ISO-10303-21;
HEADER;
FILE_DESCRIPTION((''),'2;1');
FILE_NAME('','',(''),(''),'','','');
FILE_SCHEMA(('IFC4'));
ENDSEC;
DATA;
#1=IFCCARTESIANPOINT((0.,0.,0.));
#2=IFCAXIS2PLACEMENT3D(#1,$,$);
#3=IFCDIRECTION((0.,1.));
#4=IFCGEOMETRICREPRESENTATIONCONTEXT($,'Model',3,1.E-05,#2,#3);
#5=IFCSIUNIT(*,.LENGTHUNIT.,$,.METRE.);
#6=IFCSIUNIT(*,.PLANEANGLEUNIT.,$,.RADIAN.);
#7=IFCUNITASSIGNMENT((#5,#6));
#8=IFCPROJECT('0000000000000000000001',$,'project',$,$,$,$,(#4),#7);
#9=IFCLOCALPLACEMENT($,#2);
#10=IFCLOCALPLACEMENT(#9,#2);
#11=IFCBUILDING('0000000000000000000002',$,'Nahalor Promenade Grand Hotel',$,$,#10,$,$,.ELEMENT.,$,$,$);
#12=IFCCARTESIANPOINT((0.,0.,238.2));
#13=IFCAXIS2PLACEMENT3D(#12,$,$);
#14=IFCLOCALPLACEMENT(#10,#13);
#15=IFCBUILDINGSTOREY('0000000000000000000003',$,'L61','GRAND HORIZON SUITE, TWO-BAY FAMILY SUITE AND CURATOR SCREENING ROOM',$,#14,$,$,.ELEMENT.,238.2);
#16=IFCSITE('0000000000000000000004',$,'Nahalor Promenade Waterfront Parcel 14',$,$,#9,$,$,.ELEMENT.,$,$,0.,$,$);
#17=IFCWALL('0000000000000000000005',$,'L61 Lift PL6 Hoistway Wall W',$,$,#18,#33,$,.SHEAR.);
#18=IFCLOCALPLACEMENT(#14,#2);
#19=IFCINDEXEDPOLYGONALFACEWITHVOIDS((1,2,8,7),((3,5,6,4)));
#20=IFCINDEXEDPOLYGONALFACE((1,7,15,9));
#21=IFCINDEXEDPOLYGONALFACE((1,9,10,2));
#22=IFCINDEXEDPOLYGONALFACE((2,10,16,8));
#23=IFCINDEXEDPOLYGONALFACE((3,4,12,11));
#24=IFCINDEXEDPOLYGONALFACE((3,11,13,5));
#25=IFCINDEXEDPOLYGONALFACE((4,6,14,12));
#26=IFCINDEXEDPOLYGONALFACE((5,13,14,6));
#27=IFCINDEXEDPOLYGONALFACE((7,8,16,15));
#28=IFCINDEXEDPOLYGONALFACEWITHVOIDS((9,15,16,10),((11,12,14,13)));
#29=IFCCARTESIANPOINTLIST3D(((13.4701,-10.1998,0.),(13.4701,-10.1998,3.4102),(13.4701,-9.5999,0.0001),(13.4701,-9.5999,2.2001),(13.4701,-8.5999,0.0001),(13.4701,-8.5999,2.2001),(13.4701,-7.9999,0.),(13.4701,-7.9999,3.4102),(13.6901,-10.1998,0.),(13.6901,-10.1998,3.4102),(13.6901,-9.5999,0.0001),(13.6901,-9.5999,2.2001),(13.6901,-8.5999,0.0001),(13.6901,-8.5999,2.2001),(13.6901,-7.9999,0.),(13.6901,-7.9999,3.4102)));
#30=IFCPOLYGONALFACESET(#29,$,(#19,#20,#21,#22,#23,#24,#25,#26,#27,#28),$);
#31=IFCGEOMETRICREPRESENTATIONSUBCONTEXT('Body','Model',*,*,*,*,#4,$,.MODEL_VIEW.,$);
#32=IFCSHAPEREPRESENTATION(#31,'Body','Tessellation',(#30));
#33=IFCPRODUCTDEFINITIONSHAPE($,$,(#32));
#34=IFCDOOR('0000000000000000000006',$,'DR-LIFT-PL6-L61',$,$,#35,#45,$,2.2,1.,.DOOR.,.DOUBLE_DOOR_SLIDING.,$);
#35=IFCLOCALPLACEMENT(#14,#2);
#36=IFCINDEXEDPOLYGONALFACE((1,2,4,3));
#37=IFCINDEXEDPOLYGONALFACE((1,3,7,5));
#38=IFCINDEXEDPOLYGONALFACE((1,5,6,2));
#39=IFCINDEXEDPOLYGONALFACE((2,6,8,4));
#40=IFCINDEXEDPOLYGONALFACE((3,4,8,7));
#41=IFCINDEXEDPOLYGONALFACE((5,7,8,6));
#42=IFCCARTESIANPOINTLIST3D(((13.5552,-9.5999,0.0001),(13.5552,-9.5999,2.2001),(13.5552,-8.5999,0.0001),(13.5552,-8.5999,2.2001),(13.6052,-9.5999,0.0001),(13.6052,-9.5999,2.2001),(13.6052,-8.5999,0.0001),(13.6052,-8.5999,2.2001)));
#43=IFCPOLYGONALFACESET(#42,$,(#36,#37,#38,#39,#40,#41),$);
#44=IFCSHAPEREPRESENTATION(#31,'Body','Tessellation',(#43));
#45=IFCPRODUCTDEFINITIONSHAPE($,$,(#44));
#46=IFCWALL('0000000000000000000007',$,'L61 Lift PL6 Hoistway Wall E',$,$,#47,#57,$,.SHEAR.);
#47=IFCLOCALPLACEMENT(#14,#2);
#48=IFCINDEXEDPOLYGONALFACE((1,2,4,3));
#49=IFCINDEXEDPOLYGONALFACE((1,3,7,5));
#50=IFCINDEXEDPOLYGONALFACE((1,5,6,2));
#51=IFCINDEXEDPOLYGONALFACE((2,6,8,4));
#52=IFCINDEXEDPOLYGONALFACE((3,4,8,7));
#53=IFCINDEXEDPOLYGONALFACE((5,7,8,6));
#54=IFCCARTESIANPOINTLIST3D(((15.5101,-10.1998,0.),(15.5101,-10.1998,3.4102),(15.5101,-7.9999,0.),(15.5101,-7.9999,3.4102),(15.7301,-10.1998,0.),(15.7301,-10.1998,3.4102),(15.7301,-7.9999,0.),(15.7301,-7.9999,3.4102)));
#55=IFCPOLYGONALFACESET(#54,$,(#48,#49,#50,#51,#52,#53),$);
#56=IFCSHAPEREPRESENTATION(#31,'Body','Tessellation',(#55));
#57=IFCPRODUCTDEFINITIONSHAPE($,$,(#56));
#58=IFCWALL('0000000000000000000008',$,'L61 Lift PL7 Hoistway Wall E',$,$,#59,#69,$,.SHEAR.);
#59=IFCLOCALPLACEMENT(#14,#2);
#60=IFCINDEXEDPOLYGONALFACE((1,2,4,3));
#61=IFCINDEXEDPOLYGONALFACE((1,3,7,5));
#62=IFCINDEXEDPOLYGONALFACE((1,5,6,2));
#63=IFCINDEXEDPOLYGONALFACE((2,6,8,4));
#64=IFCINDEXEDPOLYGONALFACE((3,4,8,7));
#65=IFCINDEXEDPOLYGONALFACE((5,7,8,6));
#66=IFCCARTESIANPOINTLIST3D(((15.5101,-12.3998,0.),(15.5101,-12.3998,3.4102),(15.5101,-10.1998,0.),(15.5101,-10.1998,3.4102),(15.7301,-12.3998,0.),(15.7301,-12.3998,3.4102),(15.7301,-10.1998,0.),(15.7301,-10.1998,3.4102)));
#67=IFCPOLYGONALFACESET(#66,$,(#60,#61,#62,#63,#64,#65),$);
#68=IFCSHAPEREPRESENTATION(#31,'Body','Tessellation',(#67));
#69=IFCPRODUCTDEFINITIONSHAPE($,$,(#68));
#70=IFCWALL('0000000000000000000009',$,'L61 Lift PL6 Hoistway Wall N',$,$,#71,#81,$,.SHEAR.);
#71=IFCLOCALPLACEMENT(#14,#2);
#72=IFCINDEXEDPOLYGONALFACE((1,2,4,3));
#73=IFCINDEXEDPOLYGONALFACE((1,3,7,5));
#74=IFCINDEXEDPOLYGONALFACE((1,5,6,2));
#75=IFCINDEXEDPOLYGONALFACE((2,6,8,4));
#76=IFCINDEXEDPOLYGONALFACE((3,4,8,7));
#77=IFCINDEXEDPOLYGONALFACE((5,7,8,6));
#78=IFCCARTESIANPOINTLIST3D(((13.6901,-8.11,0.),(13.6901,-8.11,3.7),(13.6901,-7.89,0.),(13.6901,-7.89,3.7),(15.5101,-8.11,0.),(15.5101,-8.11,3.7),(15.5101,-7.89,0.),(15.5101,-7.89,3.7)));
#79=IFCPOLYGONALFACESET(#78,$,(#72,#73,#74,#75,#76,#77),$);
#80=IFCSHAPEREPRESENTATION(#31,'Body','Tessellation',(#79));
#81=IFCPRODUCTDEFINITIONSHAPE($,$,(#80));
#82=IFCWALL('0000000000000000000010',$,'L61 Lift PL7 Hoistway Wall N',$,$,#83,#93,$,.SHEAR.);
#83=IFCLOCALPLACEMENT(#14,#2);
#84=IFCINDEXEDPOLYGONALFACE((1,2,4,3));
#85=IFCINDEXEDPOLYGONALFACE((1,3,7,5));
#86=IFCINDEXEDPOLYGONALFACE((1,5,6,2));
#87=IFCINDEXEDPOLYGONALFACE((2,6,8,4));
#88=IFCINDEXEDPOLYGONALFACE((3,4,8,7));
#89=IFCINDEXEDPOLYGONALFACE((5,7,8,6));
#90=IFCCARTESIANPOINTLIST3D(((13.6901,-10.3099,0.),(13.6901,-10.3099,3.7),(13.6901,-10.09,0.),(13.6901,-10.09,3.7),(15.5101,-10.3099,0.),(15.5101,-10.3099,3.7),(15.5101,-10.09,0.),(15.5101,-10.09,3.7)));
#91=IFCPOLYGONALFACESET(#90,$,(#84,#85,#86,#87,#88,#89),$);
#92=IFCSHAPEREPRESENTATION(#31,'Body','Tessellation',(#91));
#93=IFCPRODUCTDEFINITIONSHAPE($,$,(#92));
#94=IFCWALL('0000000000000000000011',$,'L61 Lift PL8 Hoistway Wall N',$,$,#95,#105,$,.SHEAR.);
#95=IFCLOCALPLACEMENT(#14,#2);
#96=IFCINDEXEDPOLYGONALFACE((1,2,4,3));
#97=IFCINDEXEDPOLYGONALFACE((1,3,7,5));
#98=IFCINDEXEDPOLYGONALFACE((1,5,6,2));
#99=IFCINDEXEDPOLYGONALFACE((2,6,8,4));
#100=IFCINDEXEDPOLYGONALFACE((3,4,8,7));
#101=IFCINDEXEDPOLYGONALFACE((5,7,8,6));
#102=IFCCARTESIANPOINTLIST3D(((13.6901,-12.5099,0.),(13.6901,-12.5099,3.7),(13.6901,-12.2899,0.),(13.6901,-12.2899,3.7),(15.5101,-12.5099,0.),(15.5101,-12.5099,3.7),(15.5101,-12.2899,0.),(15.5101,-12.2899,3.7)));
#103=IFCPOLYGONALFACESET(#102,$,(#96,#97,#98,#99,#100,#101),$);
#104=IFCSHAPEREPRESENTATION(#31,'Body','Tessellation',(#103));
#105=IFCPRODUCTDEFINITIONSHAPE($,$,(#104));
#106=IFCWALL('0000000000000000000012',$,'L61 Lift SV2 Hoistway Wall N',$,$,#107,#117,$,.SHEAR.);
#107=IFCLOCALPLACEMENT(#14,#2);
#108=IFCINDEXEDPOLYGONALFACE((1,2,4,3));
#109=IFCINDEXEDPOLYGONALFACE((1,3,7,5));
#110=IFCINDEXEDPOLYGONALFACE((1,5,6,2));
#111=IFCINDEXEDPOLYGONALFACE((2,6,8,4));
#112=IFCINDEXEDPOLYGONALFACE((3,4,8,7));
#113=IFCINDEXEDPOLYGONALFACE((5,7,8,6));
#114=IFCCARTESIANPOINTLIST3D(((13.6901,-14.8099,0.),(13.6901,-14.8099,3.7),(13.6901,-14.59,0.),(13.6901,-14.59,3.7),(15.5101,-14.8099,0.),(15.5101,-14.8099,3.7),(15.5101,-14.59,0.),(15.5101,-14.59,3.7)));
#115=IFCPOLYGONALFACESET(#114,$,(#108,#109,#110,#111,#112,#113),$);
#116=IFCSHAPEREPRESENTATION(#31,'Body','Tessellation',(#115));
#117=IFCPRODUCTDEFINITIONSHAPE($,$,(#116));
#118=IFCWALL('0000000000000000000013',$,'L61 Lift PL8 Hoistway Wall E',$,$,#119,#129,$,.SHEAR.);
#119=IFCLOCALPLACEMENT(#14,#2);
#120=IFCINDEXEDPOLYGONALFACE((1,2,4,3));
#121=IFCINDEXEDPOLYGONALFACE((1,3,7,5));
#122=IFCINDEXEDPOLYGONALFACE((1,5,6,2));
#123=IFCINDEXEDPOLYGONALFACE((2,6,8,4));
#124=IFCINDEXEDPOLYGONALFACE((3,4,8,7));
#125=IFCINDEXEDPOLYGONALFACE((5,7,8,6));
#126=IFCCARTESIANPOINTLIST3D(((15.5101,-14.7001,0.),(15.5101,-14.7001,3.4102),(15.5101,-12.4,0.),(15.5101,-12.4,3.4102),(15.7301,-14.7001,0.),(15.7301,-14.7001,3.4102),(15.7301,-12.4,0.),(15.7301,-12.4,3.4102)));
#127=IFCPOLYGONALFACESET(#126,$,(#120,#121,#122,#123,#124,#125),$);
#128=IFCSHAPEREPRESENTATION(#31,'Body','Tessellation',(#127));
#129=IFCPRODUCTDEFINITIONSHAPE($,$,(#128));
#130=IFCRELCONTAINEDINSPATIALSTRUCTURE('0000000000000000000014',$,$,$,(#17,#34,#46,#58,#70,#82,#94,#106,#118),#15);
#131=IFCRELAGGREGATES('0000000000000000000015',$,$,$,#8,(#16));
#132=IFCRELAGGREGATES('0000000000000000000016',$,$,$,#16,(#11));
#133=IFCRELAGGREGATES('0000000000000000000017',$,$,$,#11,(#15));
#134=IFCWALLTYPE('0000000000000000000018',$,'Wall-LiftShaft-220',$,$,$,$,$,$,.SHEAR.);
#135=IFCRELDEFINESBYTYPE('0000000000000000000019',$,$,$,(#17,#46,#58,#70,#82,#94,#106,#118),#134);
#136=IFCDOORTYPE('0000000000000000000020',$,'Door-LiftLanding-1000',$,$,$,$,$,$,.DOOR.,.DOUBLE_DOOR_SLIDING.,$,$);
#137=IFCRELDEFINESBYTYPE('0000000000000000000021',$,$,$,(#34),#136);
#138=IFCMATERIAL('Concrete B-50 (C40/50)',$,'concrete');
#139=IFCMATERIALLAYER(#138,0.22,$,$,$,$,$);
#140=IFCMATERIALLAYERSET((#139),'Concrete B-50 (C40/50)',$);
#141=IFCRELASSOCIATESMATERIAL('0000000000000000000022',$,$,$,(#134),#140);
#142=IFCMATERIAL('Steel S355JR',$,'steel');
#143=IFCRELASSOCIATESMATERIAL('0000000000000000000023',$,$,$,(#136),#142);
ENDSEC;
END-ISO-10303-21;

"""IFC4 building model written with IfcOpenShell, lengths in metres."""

from ifc_helpers import new_model, si_unit, direction, frame, frame_2d, origin, place, context, subcontext, project, spatial, rectangle, extrude, source, transform, mapped, material, layer, layer_set, type_object, element, fill, save


model = new_model("IFC4")

# Units and contexts
model_context = context("Model", 3, precision=1e-05, world=origin(), true_north=direction((0.0, 1.0)))
body_context = subcontext(model_context, "Body", "Model", "MODEL_VIEW")
ifc_project = project(units=[si_unit("LENGTHUNIT", "METRE"), si_unit("PLANEANGLEUNIT", "RADIAN")], contexts=[model_context])

# Site, building, storey
site_placement = place(None, origin())
site = spatial("IfcSite", under=ifc_project, at=site_placement, Name="Nahalor Promenade Waterfront Parcel 14", CompositionType="ELEMENT", RefElevation=0.0)
building_placement = place(site_placement, origin())
building = spatial("IfcBuilding", under=site, at=building_placement, Name="Nahalor Promenade Grand Hotel", CompositionType="ELEMENT")
storey_placement = place(building_placement, frame((0.0, 0.0, 238.2)))
storey = spatial("IfcBuildingStorey", under=building, at=storey_placement, Name="L61", Description="GRAND HORIZON SUITE, TWO-BAY FAMILY SUITE AND CURATOR SCREENING ROOM", CompositionType="ELEMENT", Elevation=238.2)

# Shared definitions
ifc_material_1 = material(Name="Steel S355JR", Category="steel")

# Shared definitions
ifc_material_2 = material(Name="Concrete B-50 (C40/50)", Category="concrete")
ifc_layer_1 = layer(ifc_material_2, 0.22)
ifc_layer_set_1 = layer_set([ifc_layer_1], Name="Concrete B-50 (C40/50)")
wall_type_1 = type_object("IfcWallType", Name="Wall-LiftShaft-220", PredefinedType="SHEAR", material=ifc_layer_set_1)
door_type_1 = type_object("IfcDoorType", Name="Door-LiftLanding-1000", OperationType="DOUBLE_DOOR_SLIDING", PredefinedType="DOOR", material=ifc_material_1)
shared_shape_1 = source(origin(), body_context, "Body", "SweptSolid", [
    extrude(rectangle(XDim=1.0, YDim=2.2, at=frame_2d((0.5, 1.1001))), frame((0.0, 0.0249, 0.0), z_axis=(0.0, -1.0, 0.0), x_axis=(1.0, 0.0, 0.0)), (0.0, 0.0, 1.0), 0.05),
])

# Wall, opening, door
shared_shape_2 = source(origin(), body_context, "Body", "SweptSolid", [
    extrude(rectangle(XDim=2.2, YDim=0.22, at=frame_2d((1.1001, 0.0))), origin(), (0.0, 0.0, 1.0), 3.4102),
])
wall_1_placement = place(storey_placement, frame((13.5801, -10.2, 0.0), z_axis=(0.0, 0.0, 1.0), x_axis=(0.0, 1.0, 0.0)))
wall_1 = element("IfcWall", 1, at=wall_1_placement, inside=storey, type_object=wall_type_1, Name="L61 Lift PL6 Hoistway Wall W", PredefinedType="SHEAR", context=body_context, shape_type="MappedRepresentation", body=[
    mapped(shared_shape_2, transform((0.0, 0.0, 0.0), scale=1.0)),
])
opening_1_placement = place(wall_1_placement, frame((0.6001, 0.0, 0.0)))
opening_1 = element("IfcOpeningElement", 2, at=opening_1_placement, cuts=wall_1, PredefinedType="OPENING", context=body_context, shape_type="SweptSolid", body=[
    extrude(rectangle(XDim=1.0, YDim=2.2, at=frame_2d((0.5, 1.1001))), frame((0.0, 0.1199, 0.0), z_axis=(0.0, -1.0, 0.0), x_axis=(1.0, 0.0, 0.0)), (0.0, 0.0, 1.0), 0.24),
])
door_1_placement = place(opening_1_placement, origin())
door_1 = element("IfcDoor", 3, at=door_1_placement, inside=storey, type_object=door_type_1, Name="DR-LIFT-PL6-L61", OperationType="DOUBLE_DOOR_SLIDING", OverallHeight=2.2, OverallWidth=1.0, PredefinedType="DOOR", context=body_context, shape_type="MappedRepresentation", body=[
    mapped(shared_shape_1, transform((0.0, 0.0, 0.0), scale=1.0)),
])
fill(opening_1, door_1)

# Walls
for number, where, z_axis, x_axis, name in (
    (4, (15.6201, -10.2, 0.0), (0.0, 0.0, 1.0), (0.0, 1.0, 0.0), "L61 Lift PL6 Hoistway Wall E"),
    (5, (15.6201, -12.3999, 0.0), (0.0, 0.0, 1.0), (0.0, 1.0, 0.0), "L61 Lift PL7 Hoistway Wall E"),
):
    element("IfcWall", number, at=place(storey_placement, frame(where, z_axis=z_axis, x_axis=x_axis)), inside=storey, type_object=wall_type_1, Name=name, PredefinedType="SHEAR", context=body_context, shape_type="MappedRepresentation", body=[
        mapped(shared_shape_2, transform((0.0, 0.0, 0.0), scale=1.0)),
    ])
shared_shape_3 = source(origin(), body_context, "Body", "SweptSolid", [
    extrude(rectangle(XDim=1.8201, YDim=0.22, at=frame_2d((0.9102, 0.0))), origin(), (0.0, 0.0, 1.0), 3.7),
])
for number, where, z_axis, x_axis, name in (
    (6, (13.6899, -8.0, 0.0), (0.0, 0.0, 1.0), (1.0, 0.0, 0.0), "L61 Lift PL6 Hoistway Wall N"),
    (7, (13.6899, -10.2, 0.0), (0.0, 0.0, 1.0), (1.0, 0.0, 0.0), "L61 Lift PL7 Hoistway Wall N"),
    (8, (13.6899, -12.3999, 0.0), (0.0, 0.0, 1.0), (1.0, 0.0, 0.0), "L61 Lift PL8 Hoistway Wall N"),
    (9, (13.6899, -14.7, 0.0), (0.0, 0.0, 1.0), (1.0, 0.0, 0.0), "L61 Lift SV2 Hoistway Wall N"),
):
    element("IfcWall", number, at=place(storey_placement, frame(where, z_axis=z_axis, x_axis=x_axis)), inside=storey, type_object=wall_type_1, Name=name, PredefinedType="SHEAR", context=body_context, shape_type="MappedRepresentation", body=[
        mapped(shared_shape_3, transform((0.0, 0.0, 0.0), scale=1.0)),
    ])
shared_shape_4 = source(origin(), body_context, "Body", "SweptSolid", [
    extrude(rectangle(XDim=2.3, YDim=0.22, at=frame_2d((1.1499, 0.0))), origin(), (0.0, 0.0, 1.0), 3.4102),
])
wall_2_placement = place(storey_placement, frame((15.6201, -14.7, 0.0), z_axis=(0.0, 0.0, 1.0), x_axis=(0.0, 1.0, 0.0)))
element("IfcWall", 10, at=wall_2_placement, inside=storey, type_object=wall_type_1, Name="L61 Lift PL8 Hoistway Wall E", PredefinedType="SHEAR", context=body_context, shape_type="MappedRepresentation", body=[
    mapped(shared_shape_4, transform((0.0, 0.0, 0.0), scale=1.0)),
])

save(model, "model.ifc")
